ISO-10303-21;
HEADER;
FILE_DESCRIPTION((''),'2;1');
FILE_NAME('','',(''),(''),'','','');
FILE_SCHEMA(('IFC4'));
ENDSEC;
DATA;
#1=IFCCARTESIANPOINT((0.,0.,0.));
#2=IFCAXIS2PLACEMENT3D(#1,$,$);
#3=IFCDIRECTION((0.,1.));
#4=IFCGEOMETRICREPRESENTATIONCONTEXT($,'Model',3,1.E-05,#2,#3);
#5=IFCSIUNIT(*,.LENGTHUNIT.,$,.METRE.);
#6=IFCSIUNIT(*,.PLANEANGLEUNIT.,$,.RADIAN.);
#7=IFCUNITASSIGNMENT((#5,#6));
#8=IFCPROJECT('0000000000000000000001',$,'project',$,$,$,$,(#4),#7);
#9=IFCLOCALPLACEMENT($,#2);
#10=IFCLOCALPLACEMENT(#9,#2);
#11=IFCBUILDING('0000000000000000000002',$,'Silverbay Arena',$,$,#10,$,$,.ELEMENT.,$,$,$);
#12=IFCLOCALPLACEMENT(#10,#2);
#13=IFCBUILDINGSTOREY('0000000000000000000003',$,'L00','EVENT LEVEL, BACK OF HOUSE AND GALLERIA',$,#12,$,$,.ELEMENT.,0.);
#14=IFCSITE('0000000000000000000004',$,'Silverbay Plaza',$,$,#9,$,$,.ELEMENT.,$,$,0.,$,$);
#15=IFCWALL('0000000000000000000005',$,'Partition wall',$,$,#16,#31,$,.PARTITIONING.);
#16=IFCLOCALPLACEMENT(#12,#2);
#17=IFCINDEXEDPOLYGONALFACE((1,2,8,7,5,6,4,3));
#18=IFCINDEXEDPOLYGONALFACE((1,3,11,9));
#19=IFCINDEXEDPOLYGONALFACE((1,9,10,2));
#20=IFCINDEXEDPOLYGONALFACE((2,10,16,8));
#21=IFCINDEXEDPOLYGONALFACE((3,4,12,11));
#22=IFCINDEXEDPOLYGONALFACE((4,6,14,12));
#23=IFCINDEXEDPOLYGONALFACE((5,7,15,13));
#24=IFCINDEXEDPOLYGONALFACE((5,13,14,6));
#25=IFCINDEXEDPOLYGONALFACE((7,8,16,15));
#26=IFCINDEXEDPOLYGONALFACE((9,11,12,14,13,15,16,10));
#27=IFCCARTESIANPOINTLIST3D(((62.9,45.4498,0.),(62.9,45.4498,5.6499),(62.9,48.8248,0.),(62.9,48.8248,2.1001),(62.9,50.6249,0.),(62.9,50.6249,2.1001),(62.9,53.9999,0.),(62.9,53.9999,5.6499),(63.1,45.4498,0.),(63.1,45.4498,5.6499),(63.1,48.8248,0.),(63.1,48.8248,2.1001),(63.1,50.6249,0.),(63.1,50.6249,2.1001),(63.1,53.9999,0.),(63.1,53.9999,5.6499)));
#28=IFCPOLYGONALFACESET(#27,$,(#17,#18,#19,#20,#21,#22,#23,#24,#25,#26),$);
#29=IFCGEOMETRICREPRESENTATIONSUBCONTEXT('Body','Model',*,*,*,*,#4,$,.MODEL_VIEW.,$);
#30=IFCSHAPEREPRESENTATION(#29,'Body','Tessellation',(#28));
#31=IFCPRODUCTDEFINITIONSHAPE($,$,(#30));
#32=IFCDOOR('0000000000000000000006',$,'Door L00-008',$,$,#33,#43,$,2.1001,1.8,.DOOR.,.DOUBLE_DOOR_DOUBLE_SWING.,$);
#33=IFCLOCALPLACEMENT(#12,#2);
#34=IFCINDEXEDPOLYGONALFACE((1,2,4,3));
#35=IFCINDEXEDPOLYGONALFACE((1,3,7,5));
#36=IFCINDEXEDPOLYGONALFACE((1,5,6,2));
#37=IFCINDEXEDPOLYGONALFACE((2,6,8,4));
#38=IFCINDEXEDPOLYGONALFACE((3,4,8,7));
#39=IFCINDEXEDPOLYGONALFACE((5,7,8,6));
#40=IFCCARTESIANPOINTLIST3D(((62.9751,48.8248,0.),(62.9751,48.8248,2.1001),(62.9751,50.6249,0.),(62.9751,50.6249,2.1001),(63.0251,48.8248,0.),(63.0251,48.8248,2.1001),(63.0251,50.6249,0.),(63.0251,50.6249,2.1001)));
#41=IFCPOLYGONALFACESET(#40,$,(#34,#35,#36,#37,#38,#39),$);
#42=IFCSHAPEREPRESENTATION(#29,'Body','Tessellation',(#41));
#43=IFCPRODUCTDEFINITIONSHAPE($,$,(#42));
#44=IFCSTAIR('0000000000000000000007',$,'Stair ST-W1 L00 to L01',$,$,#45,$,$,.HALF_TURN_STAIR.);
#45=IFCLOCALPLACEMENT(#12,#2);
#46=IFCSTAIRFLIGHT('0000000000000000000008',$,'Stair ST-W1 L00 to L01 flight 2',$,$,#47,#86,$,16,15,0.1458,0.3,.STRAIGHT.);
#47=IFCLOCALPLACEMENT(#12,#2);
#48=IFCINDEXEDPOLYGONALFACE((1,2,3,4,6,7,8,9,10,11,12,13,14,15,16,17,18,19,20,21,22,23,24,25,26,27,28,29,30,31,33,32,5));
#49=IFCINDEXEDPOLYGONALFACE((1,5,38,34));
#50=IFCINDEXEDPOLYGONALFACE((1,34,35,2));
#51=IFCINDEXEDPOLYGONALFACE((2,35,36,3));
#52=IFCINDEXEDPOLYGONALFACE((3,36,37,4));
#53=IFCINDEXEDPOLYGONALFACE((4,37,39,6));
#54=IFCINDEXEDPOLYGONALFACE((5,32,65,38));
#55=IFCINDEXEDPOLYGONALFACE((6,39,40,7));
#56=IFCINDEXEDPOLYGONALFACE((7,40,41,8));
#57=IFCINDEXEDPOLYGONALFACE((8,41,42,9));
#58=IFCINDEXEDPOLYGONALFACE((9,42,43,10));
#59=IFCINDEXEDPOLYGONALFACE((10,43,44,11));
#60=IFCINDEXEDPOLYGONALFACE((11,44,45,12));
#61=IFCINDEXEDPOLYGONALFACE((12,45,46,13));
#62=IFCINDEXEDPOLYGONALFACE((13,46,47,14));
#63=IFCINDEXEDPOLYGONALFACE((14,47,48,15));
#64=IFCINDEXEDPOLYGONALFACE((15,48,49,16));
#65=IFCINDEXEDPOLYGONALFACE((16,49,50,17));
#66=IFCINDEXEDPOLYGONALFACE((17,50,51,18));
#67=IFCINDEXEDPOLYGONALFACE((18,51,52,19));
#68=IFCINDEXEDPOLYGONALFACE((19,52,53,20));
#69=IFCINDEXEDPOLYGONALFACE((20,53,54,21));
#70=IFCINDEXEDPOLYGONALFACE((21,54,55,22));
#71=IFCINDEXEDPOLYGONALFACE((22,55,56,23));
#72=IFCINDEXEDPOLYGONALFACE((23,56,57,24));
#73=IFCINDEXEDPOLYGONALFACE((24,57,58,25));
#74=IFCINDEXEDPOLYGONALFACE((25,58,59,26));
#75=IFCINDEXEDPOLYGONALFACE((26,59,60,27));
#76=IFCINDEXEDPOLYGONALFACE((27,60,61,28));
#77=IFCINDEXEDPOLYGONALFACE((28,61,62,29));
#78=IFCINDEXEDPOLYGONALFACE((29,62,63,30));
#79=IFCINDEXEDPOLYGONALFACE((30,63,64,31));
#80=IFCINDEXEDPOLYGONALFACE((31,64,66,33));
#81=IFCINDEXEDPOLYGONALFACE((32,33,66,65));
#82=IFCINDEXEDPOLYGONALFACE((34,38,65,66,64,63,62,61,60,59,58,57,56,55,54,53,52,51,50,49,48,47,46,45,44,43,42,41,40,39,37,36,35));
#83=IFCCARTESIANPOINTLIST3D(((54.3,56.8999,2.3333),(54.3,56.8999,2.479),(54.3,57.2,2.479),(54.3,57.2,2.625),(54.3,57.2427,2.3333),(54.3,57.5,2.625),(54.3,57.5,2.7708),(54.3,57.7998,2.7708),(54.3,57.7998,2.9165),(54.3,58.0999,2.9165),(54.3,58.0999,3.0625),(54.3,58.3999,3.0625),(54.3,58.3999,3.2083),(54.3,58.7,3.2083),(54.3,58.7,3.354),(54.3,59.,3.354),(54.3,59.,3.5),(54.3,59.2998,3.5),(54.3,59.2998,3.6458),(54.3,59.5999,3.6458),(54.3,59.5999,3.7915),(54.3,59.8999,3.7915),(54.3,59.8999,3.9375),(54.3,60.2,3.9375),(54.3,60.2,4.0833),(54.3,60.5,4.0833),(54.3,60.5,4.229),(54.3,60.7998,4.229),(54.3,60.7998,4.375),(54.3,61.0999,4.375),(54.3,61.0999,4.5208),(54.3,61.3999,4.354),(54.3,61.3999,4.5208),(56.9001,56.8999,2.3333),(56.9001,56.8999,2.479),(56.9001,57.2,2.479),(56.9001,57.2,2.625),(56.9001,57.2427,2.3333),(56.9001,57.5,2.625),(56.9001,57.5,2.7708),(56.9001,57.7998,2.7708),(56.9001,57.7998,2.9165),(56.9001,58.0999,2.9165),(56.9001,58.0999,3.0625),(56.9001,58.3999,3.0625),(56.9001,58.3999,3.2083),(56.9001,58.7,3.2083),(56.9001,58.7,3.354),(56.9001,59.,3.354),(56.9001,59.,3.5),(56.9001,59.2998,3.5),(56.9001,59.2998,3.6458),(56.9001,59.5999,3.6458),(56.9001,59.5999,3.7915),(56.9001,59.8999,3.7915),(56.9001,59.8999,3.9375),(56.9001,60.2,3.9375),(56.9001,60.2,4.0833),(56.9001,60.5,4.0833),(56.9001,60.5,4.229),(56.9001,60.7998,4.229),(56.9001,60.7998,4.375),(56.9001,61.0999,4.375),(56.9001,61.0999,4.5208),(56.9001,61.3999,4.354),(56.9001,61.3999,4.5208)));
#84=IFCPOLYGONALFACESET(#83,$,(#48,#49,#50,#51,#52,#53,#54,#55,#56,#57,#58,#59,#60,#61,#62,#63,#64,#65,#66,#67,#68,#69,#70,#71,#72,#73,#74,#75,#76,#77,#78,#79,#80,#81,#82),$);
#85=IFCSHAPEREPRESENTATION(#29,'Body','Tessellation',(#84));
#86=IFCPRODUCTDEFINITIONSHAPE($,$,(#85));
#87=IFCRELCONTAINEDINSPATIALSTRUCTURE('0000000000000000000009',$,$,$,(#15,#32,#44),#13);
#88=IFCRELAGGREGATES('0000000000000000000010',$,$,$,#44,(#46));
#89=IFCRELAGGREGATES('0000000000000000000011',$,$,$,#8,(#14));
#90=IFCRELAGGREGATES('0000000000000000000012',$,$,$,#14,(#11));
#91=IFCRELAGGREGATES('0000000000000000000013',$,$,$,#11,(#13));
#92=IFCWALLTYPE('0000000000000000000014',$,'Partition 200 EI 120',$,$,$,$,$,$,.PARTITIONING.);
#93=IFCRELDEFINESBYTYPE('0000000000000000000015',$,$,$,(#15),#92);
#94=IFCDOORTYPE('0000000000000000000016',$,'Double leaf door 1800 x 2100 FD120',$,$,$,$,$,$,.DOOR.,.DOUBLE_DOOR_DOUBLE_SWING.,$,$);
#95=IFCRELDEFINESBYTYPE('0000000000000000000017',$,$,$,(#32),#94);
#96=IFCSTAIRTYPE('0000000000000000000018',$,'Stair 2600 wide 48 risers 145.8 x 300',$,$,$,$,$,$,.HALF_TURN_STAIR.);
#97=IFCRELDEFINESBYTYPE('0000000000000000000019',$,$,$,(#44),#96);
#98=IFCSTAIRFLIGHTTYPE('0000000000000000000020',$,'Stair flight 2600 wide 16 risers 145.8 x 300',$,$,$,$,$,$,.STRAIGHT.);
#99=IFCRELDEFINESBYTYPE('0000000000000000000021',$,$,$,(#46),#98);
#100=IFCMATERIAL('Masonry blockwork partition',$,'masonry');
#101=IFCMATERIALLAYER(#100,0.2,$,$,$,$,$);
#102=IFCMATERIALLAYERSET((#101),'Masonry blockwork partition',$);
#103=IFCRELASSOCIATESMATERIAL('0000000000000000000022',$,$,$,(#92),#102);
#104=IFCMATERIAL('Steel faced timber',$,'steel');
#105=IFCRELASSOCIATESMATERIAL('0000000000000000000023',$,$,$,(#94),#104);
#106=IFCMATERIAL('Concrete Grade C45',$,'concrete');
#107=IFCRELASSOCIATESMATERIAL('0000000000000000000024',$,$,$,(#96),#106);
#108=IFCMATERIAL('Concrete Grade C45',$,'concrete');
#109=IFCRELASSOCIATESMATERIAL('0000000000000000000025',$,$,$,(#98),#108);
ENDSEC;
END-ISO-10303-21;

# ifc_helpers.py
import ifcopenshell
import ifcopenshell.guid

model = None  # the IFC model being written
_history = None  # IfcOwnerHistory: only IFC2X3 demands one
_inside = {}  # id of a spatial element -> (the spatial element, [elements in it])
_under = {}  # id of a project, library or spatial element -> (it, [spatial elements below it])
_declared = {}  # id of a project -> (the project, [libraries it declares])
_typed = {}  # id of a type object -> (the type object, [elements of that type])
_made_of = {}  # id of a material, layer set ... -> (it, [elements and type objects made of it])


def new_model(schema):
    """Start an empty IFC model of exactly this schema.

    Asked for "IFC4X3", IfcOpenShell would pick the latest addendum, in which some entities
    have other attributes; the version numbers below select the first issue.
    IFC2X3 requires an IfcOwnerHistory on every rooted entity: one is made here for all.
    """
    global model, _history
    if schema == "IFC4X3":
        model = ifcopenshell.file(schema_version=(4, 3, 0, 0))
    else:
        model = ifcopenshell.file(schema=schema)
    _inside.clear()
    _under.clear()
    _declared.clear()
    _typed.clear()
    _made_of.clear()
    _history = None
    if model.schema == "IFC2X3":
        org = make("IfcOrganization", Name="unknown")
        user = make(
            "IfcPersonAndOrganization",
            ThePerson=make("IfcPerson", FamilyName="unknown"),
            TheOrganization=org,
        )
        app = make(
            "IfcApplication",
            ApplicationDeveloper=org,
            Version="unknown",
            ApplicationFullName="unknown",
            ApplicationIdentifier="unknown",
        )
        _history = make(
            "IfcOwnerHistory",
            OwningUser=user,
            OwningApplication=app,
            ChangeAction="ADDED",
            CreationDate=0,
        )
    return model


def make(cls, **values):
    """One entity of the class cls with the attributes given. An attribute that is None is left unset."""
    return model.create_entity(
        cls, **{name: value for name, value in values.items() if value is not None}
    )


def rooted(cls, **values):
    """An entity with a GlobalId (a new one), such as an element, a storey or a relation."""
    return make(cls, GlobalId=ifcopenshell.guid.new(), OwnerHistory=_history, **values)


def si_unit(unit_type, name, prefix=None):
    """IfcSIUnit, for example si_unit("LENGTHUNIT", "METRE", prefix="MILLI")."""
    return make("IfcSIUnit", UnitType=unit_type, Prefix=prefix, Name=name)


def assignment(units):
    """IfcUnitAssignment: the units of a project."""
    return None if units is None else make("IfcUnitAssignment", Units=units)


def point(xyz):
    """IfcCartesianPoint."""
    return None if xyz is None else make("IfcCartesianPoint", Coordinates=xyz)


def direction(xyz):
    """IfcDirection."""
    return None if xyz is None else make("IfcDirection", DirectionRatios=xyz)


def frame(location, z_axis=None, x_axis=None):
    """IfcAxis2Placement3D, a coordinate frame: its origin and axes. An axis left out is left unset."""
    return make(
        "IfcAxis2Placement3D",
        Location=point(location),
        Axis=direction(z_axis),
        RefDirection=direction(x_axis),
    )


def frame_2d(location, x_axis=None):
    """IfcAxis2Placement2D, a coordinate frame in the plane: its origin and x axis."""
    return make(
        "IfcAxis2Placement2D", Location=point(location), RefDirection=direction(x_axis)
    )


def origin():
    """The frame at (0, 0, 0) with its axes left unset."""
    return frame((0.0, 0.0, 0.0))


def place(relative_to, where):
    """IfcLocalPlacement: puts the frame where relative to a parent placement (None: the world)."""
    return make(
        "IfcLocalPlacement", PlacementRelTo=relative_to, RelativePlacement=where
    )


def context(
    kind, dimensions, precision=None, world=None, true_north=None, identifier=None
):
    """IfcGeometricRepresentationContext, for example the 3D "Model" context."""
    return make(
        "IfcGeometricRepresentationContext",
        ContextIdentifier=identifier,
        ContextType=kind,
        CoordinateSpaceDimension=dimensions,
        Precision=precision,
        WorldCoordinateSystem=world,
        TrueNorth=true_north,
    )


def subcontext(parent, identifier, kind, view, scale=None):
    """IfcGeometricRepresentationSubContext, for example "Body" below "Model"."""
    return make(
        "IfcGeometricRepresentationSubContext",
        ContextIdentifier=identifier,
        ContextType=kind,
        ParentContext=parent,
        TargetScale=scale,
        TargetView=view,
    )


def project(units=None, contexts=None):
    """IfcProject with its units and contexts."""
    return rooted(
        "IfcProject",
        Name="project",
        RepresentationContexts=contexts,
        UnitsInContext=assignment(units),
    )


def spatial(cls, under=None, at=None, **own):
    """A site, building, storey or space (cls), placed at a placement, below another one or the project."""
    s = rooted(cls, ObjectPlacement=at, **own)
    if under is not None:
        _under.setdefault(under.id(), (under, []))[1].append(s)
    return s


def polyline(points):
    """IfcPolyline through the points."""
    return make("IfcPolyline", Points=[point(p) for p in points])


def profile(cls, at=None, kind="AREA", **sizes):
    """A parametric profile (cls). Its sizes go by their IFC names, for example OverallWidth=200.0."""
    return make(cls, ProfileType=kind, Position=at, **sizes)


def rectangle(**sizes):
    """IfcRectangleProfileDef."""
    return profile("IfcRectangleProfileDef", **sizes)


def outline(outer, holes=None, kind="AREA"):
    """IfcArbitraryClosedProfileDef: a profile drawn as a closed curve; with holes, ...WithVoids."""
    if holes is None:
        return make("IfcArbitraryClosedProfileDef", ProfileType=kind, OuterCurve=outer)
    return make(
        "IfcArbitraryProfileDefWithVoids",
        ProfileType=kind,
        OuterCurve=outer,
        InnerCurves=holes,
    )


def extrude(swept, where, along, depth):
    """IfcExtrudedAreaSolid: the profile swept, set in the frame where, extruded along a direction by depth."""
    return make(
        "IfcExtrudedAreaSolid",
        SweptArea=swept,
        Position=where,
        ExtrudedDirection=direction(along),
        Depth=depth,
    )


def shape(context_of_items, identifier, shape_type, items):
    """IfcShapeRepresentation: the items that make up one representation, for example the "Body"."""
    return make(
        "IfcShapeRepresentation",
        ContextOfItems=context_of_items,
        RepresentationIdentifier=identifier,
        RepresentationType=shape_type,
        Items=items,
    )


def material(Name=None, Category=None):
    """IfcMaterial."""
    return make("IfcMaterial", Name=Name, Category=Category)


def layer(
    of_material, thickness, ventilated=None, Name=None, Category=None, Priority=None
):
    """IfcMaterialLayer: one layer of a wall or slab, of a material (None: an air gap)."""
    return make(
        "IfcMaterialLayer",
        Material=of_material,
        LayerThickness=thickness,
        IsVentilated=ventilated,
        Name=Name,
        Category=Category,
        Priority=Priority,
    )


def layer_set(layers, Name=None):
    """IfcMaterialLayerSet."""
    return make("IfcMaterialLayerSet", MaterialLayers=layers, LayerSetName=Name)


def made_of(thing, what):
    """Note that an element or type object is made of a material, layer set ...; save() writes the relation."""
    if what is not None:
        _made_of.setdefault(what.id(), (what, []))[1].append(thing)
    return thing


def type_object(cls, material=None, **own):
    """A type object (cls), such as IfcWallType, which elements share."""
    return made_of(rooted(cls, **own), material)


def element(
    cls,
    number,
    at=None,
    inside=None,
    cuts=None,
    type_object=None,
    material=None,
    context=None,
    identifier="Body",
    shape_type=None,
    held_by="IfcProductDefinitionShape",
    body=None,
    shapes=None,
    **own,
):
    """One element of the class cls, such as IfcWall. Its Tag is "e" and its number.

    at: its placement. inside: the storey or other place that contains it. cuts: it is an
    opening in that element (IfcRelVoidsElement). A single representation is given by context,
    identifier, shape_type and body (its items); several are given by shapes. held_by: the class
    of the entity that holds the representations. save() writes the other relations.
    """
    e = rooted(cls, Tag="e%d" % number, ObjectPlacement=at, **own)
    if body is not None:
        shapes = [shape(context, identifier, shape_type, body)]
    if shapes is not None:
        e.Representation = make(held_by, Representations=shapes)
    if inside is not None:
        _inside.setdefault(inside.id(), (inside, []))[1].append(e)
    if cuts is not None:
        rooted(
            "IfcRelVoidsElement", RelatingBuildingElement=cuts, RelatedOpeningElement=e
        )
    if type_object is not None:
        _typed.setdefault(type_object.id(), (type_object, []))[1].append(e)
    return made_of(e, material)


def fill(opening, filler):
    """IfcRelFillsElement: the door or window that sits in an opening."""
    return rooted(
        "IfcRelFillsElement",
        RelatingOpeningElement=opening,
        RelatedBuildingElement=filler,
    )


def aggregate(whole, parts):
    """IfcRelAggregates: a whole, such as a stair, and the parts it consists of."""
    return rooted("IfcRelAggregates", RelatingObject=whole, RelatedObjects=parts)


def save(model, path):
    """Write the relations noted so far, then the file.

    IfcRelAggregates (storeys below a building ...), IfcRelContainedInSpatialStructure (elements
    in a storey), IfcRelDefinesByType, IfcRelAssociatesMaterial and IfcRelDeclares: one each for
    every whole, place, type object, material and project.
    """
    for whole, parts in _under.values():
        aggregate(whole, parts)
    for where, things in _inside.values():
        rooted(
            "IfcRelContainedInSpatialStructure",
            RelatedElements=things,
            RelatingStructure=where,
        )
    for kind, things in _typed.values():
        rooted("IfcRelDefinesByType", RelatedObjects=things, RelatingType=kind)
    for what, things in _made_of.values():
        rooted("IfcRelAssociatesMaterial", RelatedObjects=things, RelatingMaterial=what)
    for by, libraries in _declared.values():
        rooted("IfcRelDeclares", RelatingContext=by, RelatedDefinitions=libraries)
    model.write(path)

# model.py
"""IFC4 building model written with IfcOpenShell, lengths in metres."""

from ifc_helpers import new_model, si_unit, direction, frame, frame_2d, origin, place, context, subcontext, project, spatial, polyline, rectangle, outline, extrude, material, layer, layer_set, type_object, element, fill, aggregate, save


model = new_model("IFC4")

# Units and contexts
model_context = context("Model", 3, precision=1e-05, world=origin(), true_north=direction((0.0, 1.0)))
body_context = subcontext(model_context, "Body", "Model", "MODEL_VIEW")
ifc_project = project(units=[si_unit("LENGTHUNIT", "METRE"), si_unit("PLANEANGLEUNIT", "RADIAN")], contexts=[model_context])

# Site, building, storey
site_placement = place(None, origin())
site = spatial("IfcSite", under=ifc_project, at=site_placement, Name="Silverbay Plaza", CompositionType="ELEMENT", RefElevation=0.0)
building_placement = place(site_placement, origin())
building = spatial("IfcBuilding", under=site, at=building_placement, Name="Silverbay Arena", CompositionType="ELEMENT")
storey_placement = place(building_placement, origin())
storey = spatial("IfcBuildingStorey", under=building, at=storey_placement, Name="L00", Description="EVENT LEVEL, BACK OF HOUSE AND GALLERIA", CompositionType="ELEMENT", Elevation=0.0)

# Shared definitions
ifc_material_1 = material(Name="Masonry blockwork partition", Category="masonry")
ifc_layer_1 = layer(ifc_material_1, 0.2)
ifc_layer_set_1 = layer_set([ifc_layer_1], Name="Masonry blockwork partition")
wall_type_1 = type_object("IfcWallType", Name="Partition 200 EI 120", PredefinedType="PARTITIONING", material=ifc_layer_set_1)

# Wall, opening, door
wall_1_placement = place(storey_placement, frame((63.0, 45.45, 0.0), z_axis=(0.0, 0.0, 1.0), x_axis=(0.0, 1.0, 0.0)))
wall_1 = element("IfcWall", 1, at=wall_1_placement, inside=storey, type_object=wall_type_1, Name="Partition wall", PredefinedType="PARTITIONING", context=body_context, shape_type="SweptSolid", body=[
    extrude(rectangle(XDim=8.55, YDim=0.2, at=frame_2d((4.2749, 0.0))), origin(), (0.0, 0.0, 1.0), 5.6499),
])
opening_1_placement = place(wall_1_placement, frame((3.375, 0.0, 0.0)))
opening_1 = element("IfcOpeningElement", 2, at=opening_1_placement, cuts=wall_1, PredefinedType="OPENING", context=body_context, shape_type="SweptSolid", body=[
    extrude(rectangle(XDim=1.8, YDim=2.1001, at=frame_2d((0.8999, 1.05))), frame((0.0, 0.1099, 0.0), z_axis=(0.0, -1.0, 0.0), x_axis=(1.0, 0.0, 0.0)), (0.0, 0.0, 1.0), 0.22),
])
ifc_material_2 = material(Name="Steel faced timber", Category="steel")
door_type_1 = type_object("IfcDoorType", Name="Double leaf door 1800 x 2100 FD120", OperationType="DOUBLE_DOOR_DOUBLE_SWING", PredefinedType="DOOR", material=ifc_material_2)
door_1_placement = place(opening_1_placement, origin())
door_1 = element("IfcDoor", 3, at=door_1_placement, inside=storey, type_object=door_type_1, Name="Door L00-008", OperationType="DOUBLE_DOOR_DOUBLE_SWING", OverallHeight=2.1001, OverallWidth=1.8, PredefinedType="DOOR", context=body_context, shape_type="SweptSolid", body=[
    extrude(rectangle(XDim=1.8, YDim=2.1001, at=frame_2d((0.8999, 1.05))), frame((0.0, 0.0249, 0.0), z_axis=(0.0, -1.0, 0.0), x_axis=(1.0, 0.0, 0.0)), (0.0, 0.0, 1.0), 0.05),
])
fill(opening_1, door_1)

# Stair, stair flight
ifc_material_3 = material(Name="Concrete Grade C45", Category="concrete")
stair_type = type_object("IfcStairType", Name="Stair 2600 wide 48 risers 145.8 x 300", PredefinedType="HALF_TURN_STAIR", material=ifc_material_3)
stair_placement = place(storey_placement, origin())
stair = element("IfcStair", 4, at=stair_placement, inside=storey, type_object=stair_type, Name="Stair ST-W1 L00 to L01", PredefinedType="HALF_TURN_STAIR")
ifc_material_4 = material(Name="Concrete Grade C45", Category="concrete")
stair_flight_type = type_object("IfcStairFlightType", Name="Stair flight 2600 wide 16 risers 145.8 x 300", PredefinedType="STRAIGHT", material=ifc_material_4)
stair_flight_placement = place(storey_placement, frame((55.6001, 56.8999, 2.3333), z_axis=(0.0, 0.0, 1.0), x_axis=(0.0, 1.0, 0.0)))
stair_flight = element("IfcStairFlight", 5, at=stair_flight_placement, type_object=stair_flight_type, Name="Stair ST-W1 L00 to L01 flight 2", NumberOfRisers=16, NumberOfTreads=15, PredefinedType="STRAIGHT", RiserHeight=0.1458, TreadLength=0.3, context=body_context, shape_type="SweptSolid", body=[
    extrude(outline(polyline([(0.0, 0.0), (0.0, 0.1458), (0.3, 0.1458), (0.3, 0.2917), (0.6001, 0.2917), (0.6001, 0.4375), (0.8999, 0.4375), (0.8999, 0.5833), (1.2, 0.5833), (1.2, 0.7292), (1.5, 0.7292), (1.5, 0.875), (1.8, 0.875), (1.8, 1.0208), (2.1001, 1.0208), (2.1001, 1.1667), (2.3999, 1.1667), (2.3999, 1.3125), (2.7, 1.3125), (2.7, 1.4583), (3.0, 1.4583), (3.0, 1.6042), (3.3, 1.6042), (3.3, 1.75), (3.6001, 1.75), (3.6001, 1.8958), (3.8999, 1.8958), (3.8999, 2.0417), (4.2, 2.0417), (4.2, 2.1875), (4.5, 2.1875), (4.5, 2.0208), (0.3428, 0.0), (0.0, 0.0)])), frame((0.0, 1.3, 0.0), z_axis=(0.0, -1.0, 0.0), x_axis=(1.0, 0.0, 0.0)), (0.0, 0.0, 1.0), 2.6001),
])
aggregate(stair, [stair_flight])

save(model, "model.ifc")
